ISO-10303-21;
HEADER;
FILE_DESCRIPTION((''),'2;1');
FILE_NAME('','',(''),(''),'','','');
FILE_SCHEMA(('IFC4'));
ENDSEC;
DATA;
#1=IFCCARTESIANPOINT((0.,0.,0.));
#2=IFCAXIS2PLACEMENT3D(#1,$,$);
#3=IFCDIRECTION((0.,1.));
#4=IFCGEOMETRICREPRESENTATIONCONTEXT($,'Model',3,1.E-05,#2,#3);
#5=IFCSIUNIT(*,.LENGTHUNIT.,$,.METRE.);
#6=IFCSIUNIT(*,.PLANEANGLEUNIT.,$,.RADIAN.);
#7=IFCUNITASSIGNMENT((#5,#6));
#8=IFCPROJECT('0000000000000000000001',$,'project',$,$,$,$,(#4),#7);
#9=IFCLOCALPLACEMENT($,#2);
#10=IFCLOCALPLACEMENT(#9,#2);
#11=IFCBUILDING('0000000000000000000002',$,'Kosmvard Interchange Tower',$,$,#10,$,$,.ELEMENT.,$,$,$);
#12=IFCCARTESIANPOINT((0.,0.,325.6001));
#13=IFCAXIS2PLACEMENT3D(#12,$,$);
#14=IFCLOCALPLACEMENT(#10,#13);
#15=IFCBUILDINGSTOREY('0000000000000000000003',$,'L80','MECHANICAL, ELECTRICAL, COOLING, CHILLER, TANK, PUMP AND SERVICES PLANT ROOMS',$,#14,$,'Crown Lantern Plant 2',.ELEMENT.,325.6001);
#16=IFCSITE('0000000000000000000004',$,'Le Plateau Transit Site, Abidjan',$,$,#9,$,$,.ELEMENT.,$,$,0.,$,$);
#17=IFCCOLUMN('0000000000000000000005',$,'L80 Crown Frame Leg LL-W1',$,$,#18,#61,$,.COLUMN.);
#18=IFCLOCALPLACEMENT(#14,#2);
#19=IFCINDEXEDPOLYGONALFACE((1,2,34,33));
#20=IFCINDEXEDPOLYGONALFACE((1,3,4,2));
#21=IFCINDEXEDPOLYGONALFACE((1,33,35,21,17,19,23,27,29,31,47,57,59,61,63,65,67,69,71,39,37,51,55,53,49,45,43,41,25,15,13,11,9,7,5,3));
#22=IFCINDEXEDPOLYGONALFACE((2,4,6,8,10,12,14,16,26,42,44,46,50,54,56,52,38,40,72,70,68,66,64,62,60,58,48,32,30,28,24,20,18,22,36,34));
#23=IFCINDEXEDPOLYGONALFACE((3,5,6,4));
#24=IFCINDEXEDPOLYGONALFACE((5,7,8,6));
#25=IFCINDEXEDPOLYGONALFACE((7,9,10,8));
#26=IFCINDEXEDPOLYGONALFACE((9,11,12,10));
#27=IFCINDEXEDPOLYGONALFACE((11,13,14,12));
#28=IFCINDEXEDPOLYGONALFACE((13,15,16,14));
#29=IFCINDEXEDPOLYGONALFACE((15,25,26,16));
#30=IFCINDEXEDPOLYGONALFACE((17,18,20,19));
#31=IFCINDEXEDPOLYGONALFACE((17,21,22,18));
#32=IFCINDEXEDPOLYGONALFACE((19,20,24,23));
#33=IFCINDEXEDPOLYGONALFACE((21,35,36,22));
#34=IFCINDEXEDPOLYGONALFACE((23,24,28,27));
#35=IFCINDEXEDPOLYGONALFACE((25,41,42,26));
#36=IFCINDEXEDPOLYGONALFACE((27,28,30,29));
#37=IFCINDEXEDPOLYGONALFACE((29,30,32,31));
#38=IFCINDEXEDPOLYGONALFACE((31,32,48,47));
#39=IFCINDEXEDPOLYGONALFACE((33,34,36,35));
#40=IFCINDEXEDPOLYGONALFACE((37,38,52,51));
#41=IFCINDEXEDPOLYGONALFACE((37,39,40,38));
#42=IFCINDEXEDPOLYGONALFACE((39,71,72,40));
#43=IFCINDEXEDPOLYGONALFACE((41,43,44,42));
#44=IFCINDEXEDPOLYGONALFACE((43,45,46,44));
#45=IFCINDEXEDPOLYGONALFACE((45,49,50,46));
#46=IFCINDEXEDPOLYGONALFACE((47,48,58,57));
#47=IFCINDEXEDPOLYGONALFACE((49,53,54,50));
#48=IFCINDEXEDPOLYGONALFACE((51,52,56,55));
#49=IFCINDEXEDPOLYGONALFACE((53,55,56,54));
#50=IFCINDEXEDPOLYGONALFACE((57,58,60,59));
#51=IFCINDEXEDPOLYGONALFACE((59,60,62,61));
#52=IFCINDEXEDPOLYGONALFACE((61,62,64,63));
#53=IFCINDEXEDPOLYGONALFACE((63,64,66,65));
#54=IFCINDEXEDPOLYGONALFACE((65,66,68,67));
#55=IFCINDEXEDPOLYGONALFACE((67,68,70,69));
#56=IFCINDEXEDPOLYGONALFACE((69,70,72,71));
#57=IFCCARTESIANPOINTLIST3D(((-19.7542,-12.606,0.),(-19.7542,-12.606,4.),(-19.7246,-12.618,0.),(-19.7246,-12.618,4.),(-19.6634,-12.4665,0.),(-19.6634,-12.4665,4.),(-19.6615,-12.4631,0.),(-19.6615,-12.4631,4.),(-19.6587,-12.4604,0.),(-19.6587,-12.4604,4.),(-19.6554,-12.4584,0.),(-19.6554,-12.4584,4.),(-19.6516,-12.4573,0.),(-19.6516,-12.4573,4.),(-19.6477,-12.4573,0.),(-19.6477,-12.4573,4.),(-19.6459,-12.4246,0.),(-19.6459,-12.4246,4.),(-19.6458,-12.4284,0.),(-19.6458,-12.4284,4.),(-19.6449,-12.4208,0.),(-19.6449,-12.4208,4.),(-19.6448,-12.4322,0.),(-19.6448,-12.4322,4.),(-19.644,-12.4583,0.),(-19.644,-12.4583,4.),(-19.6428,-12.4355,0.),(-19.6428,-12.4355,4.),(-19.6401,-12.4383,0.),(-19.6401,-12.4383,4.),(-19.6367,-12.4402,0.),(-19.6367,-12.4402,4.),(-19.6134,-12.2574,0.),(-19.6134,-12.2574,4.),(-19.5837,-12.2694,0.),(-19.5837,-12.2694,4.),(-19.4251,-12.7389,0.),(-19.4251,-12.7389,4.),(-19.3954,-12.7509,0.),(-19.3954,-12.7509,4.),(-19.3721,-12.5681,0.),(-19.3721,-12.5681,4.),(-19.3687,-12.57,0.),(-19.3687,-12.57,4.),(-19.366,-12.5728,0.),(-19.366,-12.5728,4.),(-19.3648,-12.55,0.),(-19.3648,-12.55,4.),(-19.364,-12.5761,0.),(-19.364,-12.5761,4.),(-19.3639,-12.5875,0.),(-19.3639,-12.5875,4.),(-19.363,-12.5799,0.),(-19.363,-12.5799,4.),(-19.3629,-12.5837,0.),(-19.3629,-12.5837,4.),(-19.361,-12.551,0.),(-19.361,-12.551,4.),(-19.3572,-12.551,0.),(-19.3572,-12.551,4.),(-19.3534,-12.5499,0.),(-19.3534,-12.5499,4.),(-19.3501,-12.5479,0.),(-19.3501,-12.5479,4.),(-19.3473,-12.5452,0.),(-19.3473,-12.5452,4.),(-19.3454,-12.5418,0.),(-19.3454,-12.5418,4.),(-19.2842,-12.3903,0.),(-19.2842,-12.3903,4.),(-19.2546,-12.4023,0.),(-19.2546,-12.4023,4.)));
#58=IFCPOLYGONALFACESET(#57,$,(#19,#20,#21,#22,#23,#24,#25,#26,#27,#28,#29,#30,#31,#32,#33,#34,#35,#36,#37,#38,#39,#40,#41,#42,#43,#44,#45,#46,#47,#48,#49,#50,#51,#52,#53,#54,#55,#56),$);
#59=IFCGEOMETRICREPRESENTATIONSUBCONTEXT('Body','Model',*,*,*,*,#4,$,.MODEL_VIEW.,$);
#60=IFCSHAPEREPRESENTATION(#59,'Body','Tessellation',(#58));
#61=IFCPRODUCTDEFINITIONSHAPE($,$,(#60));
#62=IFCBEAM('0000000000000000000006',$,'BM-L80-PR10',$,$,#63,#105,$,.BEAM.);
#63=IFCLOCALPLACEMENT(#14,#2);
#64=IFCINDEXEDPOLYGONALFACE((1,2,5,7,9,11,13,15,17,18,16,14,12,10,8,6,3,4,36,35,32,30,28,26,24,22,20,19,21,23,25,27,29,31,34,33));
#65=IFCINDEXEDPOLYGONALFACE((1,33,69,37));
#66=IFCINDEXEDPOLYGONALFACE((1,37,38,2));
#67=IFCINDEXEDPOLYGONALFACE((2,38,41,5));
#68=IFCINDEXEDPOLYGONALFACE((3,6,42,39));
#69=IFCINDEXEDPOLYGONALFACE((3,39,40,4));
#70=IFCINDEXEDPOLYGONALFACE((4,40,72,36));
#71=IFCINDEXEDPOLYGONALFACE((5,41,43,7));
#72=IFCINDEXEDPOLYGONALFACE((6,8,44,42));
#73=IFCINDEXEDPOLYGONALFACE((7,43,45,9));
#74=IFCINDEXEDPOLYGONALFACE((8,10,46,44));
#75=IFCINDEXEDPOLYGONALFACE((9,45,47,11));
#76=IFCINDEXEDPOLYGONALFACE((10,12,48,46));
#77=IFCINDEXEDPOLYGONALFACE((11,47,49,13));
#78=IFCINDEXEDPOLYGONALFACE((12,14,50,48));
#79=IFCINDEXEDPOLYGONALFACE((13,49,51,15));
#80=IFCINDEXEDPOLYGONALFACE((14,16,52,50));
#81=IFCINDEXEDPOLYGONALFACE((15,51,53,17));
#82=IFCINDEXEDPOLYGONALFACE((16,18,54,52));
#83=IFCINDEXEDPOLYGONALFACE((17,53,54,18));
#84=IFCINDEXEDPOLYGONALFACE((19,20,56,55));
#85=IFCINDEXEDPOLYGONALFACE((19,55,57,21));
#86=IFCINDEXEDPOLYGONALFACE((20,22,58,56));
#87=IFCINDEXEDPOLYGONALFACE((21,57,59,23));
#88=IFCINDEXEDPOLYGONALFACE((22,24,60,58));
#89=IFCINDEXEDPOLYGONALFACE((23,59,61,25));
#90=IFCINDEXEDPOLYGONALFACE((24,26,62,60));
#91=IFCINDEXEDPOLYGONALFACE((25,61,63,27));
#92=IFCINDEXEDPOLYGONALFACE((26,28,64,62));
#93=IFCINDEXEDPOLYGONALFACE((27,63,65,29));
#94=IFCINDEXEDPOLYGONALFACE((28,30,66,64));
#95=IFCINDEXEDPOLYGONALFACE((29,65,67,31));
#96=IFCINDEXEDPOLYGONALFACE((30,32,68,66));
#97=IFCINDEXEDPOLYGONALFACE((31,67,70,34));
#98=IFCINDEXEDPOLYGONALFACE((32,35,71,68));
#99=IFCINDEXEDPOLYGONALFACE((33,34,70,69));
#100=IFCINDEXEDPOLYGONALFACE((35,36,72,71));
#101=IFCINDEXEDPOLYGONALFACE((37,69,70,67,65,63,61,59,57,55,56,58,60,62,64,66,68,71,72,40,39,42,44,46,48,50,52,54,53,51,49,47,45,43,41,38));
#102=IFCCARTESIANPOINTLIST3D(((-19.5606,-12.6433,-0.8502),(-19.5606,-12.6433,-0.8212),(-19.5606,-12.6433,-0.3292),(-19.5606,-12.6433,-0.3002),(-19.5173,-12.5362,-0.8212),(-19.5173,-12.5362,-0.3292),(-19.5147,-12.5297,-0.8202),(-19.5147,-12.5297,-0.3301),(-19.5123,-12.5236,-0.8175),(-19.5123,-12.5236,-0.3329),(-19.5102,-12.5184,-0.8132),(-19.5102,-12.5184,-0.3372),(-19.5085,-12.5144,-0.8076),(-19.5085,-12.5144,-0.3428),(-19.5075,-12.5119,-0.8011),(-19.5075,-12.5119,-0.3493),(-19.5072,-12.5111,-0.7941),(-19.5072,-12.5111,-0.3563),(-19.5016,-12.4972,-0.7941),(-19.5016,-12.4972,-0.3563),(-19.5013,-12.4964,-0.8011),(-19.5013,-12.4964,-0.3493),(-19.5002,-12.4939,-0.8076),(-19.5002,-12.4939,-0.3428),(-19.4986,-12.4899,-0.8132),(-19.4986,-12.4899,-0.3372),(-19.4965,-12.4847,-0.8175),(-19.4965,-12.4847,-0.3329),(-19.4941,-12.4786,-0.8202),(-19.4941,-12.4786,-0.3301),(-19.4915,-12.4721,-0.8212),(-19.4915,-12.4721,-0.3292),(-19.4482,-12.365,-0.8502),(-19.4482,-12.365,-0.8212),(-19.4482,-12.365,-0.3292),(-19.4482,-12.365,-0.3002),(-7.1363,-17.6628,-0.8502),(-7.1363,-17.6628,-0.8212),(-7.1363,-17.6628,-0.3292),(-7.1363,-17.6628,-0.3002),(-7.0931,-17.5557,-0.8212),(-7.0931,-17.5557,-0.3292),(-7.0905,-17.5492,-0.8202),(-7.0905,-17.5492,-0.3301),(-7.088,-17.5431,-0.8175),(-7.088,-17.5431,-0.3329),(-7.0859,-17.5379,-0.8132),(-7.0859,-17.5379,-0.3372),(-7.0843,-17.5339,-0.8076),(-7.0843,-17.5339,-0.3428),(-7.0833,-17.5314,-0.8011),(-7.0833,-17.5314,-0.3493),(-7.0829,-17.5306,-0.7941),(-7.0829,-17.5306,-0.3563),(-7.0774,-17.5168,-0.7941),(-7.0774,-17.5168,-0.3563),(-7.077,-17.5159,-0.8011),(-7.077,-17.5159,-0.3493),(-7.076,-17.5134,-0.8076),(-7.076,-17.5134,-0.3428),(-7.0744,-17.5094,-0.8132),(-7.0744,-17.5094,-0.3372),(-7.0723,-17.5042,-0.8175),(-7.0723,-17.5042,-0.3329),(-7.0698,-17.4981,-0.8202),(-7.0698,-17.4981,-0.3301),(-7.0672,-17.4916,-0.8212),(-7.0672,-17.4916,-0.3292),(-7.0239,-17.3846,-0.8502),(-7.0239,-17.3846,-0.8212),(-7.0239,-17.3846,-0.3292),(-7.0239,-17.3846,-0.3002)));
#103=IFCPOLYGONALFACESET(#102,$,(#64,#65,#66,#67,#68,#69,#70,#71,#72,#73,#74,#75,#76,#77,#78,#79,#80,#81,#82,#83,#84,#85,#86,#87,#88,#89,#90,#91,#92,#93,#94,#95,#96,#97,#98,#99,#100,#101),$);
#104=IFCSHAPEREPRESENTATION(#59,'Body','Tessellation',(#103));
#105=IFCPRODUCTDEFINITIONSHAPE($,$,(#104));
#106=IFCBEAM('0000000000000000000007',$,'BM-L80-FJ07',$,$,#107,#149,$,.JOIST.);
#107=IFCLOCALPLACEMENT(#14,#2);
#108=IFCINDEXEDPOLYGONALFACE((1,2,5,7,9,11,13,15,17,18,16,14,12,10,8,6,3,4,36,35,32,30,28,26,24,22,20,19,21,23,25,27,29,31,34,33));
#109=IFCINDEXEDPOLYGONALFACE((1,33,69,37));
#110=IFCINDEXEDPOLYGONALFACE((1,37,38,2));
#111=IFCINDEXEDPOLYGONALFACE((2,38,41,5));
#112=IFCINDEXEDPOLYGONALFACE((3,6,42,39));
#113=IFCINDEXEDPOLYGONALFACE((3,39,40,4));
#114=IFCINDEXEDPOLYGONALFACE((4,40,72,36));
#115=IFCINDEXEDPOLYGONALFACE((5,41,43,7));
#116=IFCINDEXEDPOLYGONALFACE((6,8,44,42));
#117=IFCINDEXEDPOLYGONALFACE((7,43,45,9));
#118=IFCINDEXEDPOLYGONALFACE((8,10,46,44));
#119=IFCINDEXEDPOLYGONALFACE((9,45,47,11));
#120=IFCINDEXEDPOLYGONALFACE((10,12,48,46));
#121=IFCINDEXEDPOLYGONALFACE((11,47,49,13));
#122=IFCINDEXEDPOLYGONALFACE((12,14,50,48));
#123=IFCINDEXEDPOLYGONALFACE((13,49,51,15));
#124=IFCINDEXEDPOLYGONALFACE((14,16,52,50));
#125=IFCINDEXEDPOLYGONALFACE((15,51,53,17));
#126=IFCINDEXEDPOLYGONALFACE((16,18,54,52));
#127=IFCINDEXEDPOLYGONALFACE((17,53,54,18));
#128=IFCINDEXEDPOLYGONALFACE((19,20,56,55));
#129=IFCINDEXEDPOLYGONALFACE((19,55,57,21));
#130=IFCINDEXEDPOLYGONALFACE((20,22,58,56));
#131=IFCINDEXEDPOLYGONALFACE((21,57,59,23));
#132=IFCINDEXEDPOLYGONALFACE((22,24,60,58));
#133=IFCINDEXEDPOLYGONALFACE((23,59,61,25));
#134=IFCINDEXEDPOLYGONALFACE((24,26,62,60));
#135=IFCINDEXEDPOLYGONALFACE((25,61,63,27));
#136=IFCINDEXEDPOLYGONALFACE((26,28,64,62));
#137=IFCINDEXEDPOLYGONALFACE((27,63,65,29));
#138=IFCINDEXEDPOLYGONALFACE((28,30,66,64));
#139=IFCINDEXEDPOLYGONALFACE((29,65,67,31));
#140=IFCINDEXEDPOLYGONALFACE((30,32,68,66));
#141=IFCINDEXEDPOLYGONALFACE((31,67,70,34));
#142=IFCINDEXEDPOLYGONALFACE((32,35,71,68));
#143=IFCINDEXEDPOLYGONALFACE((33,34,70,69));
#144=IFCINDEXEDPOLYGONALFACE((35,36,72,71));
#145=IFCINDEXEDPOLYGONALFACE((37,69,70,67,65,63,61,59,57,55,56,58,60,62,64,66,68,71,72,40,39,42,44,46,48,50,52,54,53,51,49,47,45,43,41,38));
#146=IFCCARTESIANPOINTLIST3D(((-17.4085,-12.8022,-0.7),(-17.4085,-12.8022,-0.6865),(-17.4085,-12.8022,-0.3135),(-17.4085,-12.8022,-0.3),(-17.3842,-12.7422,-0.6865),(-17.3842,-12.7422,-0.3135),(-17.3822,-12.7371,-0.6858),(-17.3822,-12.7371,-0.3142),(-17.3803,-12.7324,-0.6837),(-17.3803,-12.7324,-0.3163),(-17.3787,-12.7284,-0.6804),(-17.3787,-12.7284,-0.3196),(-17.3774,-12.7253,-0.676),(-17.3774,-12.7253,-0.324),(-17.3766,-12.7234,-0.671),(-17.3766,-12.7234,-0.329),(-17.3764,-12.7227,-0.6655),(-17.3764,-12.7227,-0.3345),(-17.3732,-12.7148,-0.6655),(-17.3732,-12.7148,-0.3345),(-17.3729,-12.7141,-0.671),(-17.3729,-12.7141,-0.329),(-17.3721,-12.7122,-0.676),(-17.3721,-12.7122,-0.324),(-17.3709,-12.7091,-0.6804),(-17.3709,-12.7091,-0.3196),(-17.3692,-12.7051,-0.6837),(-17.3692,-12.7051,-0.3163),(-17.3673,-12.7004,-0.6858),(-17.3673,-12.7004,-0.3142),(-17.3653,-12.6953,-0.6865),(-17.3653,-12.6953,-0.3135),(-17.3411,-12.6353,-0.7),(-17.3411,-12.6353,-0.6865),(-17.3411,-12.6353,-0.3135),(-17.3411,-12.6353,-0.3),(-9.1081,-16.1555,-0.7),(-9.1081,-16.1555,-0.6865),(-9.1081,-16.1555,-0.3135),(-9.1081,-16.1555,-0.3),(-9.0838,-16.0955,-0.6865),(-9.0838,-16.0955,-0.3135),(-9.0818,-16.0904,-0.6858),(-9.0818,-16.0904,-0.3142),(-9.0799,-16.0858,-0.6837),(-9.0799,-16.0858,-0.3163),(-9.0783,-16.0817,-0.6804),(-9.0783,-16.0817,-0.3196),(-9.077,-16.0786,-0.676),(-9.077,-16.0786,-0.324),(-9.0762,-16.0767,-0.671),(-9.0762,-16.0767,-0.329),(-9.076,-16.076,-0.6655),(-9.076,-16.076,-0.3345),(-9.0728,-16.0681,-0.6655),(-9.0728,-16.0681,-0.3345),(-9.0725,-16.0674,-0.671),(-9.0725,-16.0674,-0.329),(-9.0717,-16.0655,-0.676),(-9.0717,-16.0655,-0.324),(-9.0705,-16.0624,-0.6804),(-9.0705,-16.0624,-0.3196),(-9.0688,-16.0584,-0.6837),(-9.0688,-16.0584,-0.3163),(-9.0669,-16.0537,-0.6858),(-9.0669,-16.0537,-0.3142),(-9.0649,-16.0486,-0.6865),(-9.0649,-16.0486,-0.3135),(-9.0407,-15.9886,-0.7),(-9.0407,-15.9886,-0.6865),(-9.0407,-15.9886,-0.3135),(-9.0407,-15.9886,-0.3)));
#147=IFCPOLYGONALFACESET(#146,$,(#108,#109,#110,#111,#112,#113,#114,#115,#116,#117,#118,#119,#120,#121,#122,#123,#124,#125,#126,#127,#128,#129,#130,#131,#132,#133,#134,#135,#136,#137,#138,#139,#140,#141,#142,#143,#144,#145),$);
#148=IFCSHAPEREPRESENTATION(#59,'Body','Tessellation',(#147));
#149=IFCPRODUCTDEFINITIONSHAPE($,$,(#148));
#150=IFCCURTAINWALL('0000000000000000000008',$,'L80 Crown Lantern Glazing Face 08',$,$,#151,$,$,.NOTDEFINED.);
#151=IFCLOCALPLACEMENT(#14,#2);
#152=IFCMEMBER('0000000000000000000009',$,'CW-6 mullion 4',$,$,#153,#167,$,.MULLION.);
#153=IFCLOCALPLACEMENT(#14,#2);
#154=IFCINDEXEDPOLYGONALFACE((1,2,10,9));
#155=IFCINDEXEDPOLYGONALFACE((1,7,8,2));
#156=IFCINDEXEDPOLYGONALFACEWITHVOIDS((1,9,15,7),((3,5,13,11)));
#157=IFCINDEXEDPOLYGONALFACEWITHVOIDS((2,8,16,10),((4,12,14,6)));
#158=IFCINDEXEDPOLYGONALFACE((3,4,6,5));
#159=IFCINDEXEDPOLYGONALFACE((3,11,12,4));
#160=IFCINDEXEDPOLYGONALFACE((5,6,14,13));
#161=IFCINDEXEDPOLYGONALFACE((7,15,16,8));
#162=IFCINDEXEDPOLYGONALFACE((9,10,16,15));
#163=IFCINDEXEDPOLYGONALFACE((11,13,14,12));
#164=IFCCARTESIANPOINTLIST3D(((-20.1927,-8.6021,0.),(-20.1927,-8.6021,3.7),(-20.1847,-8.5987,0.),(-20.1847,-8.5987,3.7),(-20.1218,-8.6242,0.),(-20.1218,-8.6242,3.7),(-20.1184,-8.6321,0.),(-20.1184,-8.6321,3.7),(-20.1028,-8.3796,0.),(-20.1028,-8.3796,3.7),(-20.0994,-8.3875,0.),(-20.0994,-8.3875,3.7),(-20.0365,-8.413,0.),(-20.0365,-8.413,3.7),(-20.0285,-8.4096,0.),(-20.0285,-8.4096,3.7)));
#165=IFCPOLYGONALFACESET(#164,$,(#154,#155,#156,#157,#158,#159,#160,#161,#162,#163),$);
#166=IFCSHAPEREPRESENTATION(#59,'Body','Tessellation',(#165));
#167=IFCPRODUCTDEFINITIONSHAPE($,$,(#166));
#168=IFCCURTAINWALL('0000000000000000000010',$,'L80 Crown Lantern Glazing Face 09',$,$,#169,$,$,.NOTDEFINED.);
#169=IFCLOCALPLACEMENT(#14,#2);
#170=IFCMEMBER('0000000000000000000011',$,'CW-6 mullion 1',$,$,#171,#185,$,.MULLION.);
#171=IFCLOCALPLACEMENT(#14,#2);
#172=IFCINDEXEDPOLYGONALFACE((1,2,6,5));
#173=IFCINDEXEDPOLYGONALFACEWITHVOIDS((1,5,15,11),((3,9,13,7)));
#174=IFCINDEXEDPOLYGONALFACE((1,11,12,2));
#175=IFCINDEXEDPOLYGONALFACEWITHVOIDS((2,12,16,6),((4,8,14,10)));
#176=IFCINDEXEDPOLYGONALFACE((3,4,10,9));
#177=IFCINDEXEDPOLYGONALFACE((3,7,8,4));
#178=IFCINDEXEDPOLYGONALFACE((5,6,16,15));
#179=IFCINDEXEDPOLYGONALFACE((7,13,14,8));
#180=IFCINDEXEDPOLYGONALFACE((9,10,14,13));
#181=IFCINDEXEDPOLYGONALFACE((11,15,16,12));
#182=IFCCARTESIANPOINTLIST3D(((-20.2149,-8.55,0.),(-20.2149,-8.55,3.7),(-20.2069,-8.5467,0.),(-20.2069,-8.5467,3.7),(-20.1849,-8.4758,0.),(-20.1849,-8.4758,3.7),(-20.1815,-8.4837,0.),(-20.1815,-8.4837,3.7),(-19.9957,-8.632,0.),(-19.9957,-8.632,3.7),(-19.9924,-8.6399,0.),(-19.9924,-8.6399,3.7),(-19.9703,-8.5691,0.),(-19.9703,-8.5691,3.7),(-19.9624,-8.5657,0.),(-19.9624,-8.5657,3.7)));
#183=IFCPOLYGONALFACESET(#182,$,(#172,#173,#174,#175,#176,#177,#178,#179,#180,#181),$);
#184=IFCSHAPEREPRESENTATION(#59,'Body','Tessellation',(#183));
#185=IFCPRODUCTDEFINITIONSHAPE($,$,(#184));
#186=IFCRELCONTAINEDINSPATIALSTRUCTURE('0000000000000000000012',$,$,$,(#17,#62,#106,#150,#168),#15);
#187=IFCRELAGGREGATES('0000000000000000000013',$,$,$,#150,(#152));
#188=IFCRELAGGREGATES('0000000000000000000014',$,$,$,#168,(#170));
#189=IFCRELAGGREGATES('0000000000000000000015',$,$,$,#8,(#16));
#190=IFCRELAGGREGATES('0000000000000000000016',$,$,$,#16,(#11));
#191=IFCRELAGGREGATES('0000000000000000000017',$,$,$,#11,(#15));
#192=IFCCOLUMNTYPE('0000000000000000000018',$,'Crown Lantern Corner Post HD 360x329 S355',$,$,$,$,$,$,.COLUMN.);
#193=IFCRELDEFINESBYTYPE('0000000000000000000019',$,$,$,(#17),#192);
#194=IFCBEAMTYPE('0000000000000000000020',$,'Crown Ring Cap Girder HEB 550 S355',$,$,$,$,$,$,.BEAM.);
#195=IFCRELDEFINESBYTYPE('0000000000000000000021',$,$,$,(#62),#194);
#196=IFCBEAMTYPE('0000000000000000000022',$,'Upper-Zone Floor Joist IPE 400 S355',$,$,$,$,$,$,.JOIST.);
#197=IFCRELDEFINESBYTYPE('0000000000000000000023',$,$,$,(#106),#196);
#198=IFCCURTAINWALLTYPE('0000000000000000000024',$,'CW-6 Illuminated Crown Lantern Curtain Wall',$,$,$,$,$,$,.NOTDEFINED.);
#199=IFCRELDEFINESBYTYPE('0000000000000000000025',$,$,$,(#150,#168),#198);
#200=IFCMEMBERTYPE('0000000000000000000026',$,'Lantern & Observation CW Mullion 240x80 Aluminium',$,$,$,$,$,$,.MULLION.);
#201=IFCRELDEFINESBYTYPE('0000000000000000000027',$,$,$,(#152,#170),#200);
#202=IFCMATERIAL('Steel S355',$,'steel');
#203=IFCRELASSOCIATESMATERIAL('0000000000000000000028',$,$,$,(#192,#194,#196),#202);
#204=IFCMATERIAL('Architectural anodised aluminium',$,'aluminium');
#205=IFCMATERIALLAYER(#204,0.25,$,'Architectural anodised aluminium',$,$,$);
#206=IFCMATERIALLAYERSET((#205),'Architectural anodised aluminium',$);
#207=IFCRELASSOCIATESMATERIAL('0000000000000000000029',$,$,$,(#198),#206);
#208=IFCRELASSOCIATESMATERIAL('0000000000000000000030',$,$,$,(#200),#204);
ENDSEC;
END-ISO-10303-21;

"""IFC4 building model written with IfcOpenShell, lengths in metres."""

from ifc_helpers import new_model, si_unit, direction, frame, origin, origin_2d, place, context, subcontext, project, spatial, hollow_rectangle, i_section, extrude, source, transform, mapped, material, layer, layer_set, material_profile, profile_set, type_object, element, aggregate, save


model = new_model("IFC4")

# Units and contexts
model_context = context("Model", 3, precision=1e-05, world=origin(), true_north=direction((0.0, 1.0)))
body_context = subcontext(model_context, "Body", "Model", "MODEL_VIEW")
ifc_project = project(units=[si_unit("LENGTHUNIT", "METRE"), si_unit("PLANEANGLEUNIT", "RADIAN")], contexts=[model_context])

# Site, building, storey
site_placement = place(None, origin())
site = spatial("IfcSite", under=ifc_project, at=site_placement, Name="Le Plateau Transit Site, Abidjan", CompositionType="ELEMENT", RefElevation=0.0)
building_placement = place(site_placement, origin())
building = spatial("IfcBuilding", under=site, at=building_placement, Name="Kosmvard Interchange Tower", CompositionType="ELEMENT")
storey_placement = place(building_placement, frame((0.0, 0.0, 325.6001)))
storey = spatial("IfcBuildingStorey", under=building, at=storey_placement, Name="L80", Description="MECHANICAL, ELECTRICAL, COOLING, CHILLER, TANK, PUMP AND SERVICES PLANT ROOMS", LongName="Crown Lantern Plant 2", CompositionType="ELEMENT", Elevation=325.6001)

# Column
ifc_material_1 = material(Name="Steel S355", Category="steel")
ifc_material_profile_1 = material_profile(ifc_material_1, i_section(OverallWidth=0.376, OverallDepth=0.387, WebThickness=0.0195, FlangeThickness=0.032, FilletRadius=0.0149, at=origin_2d()), Name="HD 360x329")
ifc_profile_set_1 = profile_set([ifc_material_profile_1], Name="Steel S355")
column_type = type_object("IfcColumnType", Name="Crown Lantern Corner Post HD 360x329 S355", PredefinedType="COLUMN", material=ifc_profile_set_1)
shared_shape_1 = source(origin(), body_context, "Body", "SweptSolid", [
    extrude(i_section(OverallWidth=0.376, OverallDepth=0.387, WebThickness=0.0195, FlangeThickness=0.032, FilletRadius=0.0149, at=origin_2d()), origin(), (0.0, 0.0, 1.0), 4.0),
])
column_placement = place(storey_placement, frame((-19.5044, -12.5042, 0.0), z_axis=(0.0, 0.0, 1.0), x_axis=(0.374607, 0.927184, 0.0)))
element("IfcColumn", 1, at=column_placement, inside=storey, type_object=column_type, Name="L80 Crown Frame Leg LL-W1", PredefinedType="COLUMN", context=body_context, shape_type="MappedRepresentation", body=[
    mapped(shared_shape_1, transform((0.0, 0.0, 0.0), scale=1.0)),
])

# Beams
ifc_material_profile_2 = material_profile(ifc_material_1, i_section(OverallWidth=0.3, OverallDepth=0.55, WebThickness=0.0149, FlangeThickness=0.0291, FilletRadius=0.0271, at=origin_2d()), Name="HEB 550")
ifc_profile_set_2 = profile_set([ifc_material_profile_2], Name="Steel S355")
beam_type_1 = type_object("IfcBeamType", Name="Crown Ring Cap Girder HEB 550 S355", PredefinedType="BEAM", material=ifc_profile_set_2)
shared_shape_2 = source(origin(), body_context, "Body", "SweptSolid", [
    extrude(i_section(OverallWidth=0.3, OverallDepth=0.55, WebThickness=0.0149, FlangeThickness=0.0291, FilletRadius=0.0271, at=origin_2d()), origin(), (0.0, 0.0, 1.0), 13.3999),
])
beam_1_placement = place(storey_placement, frame((-19.5044, -12.5042, -0.5752), z_axis=(0.92719, -0.374593, 0.0), x_axis=(0.374593, 0.92719, 0.0)))
element("IfcBeam", 2, at=beam_1_placement, inside=storey, type_object=beam_type_1, Name="BM-L80-PR10", PredefinedType="BEAM", context=body_context, shape_type="MappedRepresentation", body=[
    mapped(shared_shape_2, transform((0.0, 0.0, 0.0), scale=1.0)),
])
ifc_material_profile_3 = material_profile(ifc_material_1, i_section(OverallWidth=0.1799, OverallDepth=0.3999, WebThickness=0.0085, FlangeThickness=0.0134, FilletRadius=0.021, at=origin_2d()), Name="IPE 400")
ifc_profile_set_3 = profile_set([ifc_material_profile_3], Name="Steel S355")
beam_type_2 = type_object("IfcBeamType", Name="Upper-Zone Floor Joist IPE 400 S355", PredefinedType="JOIST", material=ifc_profile_set_3)
shared_shape_3 = source(origin(), body_context, "Body", "SweptSolid", [
    extrude(i_section(OverallWidth=0.1799, OverallDepth=0.3999, WebThickness=0.0085, FlangeThickness=0.0134, FilletRadius=0.021, at=origin_2d()), origin(), (0.0, 0.0, 1.0), 8.9521),
])
beam_2_placement = place(storey_placement, frame((-17.3748, -12.7188, -0.5), z_axis=(0.927194, -0.374581, 0.0), x_axis=(0.374581, 0.927194, 0.0)))
element("IfcBeam", 3, at=beam_2_placement, inside=storey, type_object=beam_type_2, Name="BM-L80-FJ07", PredefinedType="JOIST", context=body_context, shape_type="MappedRepresentation", body=[
    mapped(shared_shape_3, transform((0.0, 0.0, 0.0), scale=1.0)),
])

# Curtain wall, member
ifc_material_2 = material(Name="Architectural anodised aluminium", Category="aluminium")
ifc_layer_1 = layer(ifc_material_2, 0.25, Name="Architectural anodised aluminium")
ifc_layer_set_1 = layer_set([ifc_layer_1], Name="Architectural anodised aluminium")
curtain_wall_type = type_object("IfcCurtainWallType", Name="CW-6 Illuminated Crown Lantern Curtain Wall", PredefinedType="NOTDEFINED", material=ifc_layer_set_1)
curtain_wall_1_placement = place(storey_placement, origin())
curtain_wall_1 = element("IfcCurtainWall", 4, at=curtain_wall_1_placement, inside=storey, type_object=curtain_wall_type, Name="L80 Crown Lantern Glazing Face 08", PredefinedType="NOTDEFINED")
ifc_material_profile_4 = material_profile(ifc_material_2, hollow_rectangle(XDim=0.24, YDim=0.0801, WallThickness=0.0061, at=origin_2d()), Name="CWM 240x80x6")
ifc_profile_set_4 = profile_set([ifc_material_profile_4], Name="Architectural anodised aluminium")
member_type_1 = type_object("IfcMemberType", Name="Lantern & Observation CW Mullion 240x80 Aluminium", PredefinedType="MULLION", material=ifc_profile_set_4)
shared_shape_4 = source(origin(), body_context, "Body", "SweptSolid", [
    extrude(hollow_rectangle(XDim=0.24, YDim=0.0801, WallThickness=0.0061, at=origin_2d()), origin(), (0.0, 0.0, 1.0), 3.7),
])
member_1_placement = place(storey_placement, frame((-20.1106, -8.5059, 0.0), z_axis=(0.0, 0.0, 1.0), x_axis=(0.374607, 0.927184, 0.0)))
member_1 = element("IfcMember", 5, at=member_1_placement, type_object=member_type_1, Name="CW-6 mullion 4", PredefinedType="MULLION", context=body_context, shape_type="MappedRepresentation", body=[
    mapped(shared_shape_4, transform((0.0, 0.0, 0.0), scale=1.0)),
])
aggregate(curtain_wall_1, [member_1])

# Curtain wall, member
curtain_wall_2_placement = place(storey_placement, origin())
curtain_wall_2 = element("IfcCurtainWall", 6, at=curtain_wall_2_placement, inside=storey, type_object=curtain_wall_type, Name="L80 Crown Lantern Glazing Face 09", PredefinedType="NOTDEFINED")
member_2_placement = place(storey_placement, frame((-20.0886, -8.5579, 0.0), z_axis=(0.0, 0.0, 1.0), x_axis=(0.927184, -0.374607, 0.0)))
member_2 = element("IfcMember", 7, at=member_2_placement, type_object=member_type_1, Name="CW-6 mullion 1", PredefinedType="MULLION", context=body_context, shape_type="MappedRepresentation", body=[
    mapped(shared_shape_4, transform((0.0, 0.0, 0.0), scale=1.0)),
])

aggregate(curtain_wall_2, [member_2])

save(model, "model.ifc")
